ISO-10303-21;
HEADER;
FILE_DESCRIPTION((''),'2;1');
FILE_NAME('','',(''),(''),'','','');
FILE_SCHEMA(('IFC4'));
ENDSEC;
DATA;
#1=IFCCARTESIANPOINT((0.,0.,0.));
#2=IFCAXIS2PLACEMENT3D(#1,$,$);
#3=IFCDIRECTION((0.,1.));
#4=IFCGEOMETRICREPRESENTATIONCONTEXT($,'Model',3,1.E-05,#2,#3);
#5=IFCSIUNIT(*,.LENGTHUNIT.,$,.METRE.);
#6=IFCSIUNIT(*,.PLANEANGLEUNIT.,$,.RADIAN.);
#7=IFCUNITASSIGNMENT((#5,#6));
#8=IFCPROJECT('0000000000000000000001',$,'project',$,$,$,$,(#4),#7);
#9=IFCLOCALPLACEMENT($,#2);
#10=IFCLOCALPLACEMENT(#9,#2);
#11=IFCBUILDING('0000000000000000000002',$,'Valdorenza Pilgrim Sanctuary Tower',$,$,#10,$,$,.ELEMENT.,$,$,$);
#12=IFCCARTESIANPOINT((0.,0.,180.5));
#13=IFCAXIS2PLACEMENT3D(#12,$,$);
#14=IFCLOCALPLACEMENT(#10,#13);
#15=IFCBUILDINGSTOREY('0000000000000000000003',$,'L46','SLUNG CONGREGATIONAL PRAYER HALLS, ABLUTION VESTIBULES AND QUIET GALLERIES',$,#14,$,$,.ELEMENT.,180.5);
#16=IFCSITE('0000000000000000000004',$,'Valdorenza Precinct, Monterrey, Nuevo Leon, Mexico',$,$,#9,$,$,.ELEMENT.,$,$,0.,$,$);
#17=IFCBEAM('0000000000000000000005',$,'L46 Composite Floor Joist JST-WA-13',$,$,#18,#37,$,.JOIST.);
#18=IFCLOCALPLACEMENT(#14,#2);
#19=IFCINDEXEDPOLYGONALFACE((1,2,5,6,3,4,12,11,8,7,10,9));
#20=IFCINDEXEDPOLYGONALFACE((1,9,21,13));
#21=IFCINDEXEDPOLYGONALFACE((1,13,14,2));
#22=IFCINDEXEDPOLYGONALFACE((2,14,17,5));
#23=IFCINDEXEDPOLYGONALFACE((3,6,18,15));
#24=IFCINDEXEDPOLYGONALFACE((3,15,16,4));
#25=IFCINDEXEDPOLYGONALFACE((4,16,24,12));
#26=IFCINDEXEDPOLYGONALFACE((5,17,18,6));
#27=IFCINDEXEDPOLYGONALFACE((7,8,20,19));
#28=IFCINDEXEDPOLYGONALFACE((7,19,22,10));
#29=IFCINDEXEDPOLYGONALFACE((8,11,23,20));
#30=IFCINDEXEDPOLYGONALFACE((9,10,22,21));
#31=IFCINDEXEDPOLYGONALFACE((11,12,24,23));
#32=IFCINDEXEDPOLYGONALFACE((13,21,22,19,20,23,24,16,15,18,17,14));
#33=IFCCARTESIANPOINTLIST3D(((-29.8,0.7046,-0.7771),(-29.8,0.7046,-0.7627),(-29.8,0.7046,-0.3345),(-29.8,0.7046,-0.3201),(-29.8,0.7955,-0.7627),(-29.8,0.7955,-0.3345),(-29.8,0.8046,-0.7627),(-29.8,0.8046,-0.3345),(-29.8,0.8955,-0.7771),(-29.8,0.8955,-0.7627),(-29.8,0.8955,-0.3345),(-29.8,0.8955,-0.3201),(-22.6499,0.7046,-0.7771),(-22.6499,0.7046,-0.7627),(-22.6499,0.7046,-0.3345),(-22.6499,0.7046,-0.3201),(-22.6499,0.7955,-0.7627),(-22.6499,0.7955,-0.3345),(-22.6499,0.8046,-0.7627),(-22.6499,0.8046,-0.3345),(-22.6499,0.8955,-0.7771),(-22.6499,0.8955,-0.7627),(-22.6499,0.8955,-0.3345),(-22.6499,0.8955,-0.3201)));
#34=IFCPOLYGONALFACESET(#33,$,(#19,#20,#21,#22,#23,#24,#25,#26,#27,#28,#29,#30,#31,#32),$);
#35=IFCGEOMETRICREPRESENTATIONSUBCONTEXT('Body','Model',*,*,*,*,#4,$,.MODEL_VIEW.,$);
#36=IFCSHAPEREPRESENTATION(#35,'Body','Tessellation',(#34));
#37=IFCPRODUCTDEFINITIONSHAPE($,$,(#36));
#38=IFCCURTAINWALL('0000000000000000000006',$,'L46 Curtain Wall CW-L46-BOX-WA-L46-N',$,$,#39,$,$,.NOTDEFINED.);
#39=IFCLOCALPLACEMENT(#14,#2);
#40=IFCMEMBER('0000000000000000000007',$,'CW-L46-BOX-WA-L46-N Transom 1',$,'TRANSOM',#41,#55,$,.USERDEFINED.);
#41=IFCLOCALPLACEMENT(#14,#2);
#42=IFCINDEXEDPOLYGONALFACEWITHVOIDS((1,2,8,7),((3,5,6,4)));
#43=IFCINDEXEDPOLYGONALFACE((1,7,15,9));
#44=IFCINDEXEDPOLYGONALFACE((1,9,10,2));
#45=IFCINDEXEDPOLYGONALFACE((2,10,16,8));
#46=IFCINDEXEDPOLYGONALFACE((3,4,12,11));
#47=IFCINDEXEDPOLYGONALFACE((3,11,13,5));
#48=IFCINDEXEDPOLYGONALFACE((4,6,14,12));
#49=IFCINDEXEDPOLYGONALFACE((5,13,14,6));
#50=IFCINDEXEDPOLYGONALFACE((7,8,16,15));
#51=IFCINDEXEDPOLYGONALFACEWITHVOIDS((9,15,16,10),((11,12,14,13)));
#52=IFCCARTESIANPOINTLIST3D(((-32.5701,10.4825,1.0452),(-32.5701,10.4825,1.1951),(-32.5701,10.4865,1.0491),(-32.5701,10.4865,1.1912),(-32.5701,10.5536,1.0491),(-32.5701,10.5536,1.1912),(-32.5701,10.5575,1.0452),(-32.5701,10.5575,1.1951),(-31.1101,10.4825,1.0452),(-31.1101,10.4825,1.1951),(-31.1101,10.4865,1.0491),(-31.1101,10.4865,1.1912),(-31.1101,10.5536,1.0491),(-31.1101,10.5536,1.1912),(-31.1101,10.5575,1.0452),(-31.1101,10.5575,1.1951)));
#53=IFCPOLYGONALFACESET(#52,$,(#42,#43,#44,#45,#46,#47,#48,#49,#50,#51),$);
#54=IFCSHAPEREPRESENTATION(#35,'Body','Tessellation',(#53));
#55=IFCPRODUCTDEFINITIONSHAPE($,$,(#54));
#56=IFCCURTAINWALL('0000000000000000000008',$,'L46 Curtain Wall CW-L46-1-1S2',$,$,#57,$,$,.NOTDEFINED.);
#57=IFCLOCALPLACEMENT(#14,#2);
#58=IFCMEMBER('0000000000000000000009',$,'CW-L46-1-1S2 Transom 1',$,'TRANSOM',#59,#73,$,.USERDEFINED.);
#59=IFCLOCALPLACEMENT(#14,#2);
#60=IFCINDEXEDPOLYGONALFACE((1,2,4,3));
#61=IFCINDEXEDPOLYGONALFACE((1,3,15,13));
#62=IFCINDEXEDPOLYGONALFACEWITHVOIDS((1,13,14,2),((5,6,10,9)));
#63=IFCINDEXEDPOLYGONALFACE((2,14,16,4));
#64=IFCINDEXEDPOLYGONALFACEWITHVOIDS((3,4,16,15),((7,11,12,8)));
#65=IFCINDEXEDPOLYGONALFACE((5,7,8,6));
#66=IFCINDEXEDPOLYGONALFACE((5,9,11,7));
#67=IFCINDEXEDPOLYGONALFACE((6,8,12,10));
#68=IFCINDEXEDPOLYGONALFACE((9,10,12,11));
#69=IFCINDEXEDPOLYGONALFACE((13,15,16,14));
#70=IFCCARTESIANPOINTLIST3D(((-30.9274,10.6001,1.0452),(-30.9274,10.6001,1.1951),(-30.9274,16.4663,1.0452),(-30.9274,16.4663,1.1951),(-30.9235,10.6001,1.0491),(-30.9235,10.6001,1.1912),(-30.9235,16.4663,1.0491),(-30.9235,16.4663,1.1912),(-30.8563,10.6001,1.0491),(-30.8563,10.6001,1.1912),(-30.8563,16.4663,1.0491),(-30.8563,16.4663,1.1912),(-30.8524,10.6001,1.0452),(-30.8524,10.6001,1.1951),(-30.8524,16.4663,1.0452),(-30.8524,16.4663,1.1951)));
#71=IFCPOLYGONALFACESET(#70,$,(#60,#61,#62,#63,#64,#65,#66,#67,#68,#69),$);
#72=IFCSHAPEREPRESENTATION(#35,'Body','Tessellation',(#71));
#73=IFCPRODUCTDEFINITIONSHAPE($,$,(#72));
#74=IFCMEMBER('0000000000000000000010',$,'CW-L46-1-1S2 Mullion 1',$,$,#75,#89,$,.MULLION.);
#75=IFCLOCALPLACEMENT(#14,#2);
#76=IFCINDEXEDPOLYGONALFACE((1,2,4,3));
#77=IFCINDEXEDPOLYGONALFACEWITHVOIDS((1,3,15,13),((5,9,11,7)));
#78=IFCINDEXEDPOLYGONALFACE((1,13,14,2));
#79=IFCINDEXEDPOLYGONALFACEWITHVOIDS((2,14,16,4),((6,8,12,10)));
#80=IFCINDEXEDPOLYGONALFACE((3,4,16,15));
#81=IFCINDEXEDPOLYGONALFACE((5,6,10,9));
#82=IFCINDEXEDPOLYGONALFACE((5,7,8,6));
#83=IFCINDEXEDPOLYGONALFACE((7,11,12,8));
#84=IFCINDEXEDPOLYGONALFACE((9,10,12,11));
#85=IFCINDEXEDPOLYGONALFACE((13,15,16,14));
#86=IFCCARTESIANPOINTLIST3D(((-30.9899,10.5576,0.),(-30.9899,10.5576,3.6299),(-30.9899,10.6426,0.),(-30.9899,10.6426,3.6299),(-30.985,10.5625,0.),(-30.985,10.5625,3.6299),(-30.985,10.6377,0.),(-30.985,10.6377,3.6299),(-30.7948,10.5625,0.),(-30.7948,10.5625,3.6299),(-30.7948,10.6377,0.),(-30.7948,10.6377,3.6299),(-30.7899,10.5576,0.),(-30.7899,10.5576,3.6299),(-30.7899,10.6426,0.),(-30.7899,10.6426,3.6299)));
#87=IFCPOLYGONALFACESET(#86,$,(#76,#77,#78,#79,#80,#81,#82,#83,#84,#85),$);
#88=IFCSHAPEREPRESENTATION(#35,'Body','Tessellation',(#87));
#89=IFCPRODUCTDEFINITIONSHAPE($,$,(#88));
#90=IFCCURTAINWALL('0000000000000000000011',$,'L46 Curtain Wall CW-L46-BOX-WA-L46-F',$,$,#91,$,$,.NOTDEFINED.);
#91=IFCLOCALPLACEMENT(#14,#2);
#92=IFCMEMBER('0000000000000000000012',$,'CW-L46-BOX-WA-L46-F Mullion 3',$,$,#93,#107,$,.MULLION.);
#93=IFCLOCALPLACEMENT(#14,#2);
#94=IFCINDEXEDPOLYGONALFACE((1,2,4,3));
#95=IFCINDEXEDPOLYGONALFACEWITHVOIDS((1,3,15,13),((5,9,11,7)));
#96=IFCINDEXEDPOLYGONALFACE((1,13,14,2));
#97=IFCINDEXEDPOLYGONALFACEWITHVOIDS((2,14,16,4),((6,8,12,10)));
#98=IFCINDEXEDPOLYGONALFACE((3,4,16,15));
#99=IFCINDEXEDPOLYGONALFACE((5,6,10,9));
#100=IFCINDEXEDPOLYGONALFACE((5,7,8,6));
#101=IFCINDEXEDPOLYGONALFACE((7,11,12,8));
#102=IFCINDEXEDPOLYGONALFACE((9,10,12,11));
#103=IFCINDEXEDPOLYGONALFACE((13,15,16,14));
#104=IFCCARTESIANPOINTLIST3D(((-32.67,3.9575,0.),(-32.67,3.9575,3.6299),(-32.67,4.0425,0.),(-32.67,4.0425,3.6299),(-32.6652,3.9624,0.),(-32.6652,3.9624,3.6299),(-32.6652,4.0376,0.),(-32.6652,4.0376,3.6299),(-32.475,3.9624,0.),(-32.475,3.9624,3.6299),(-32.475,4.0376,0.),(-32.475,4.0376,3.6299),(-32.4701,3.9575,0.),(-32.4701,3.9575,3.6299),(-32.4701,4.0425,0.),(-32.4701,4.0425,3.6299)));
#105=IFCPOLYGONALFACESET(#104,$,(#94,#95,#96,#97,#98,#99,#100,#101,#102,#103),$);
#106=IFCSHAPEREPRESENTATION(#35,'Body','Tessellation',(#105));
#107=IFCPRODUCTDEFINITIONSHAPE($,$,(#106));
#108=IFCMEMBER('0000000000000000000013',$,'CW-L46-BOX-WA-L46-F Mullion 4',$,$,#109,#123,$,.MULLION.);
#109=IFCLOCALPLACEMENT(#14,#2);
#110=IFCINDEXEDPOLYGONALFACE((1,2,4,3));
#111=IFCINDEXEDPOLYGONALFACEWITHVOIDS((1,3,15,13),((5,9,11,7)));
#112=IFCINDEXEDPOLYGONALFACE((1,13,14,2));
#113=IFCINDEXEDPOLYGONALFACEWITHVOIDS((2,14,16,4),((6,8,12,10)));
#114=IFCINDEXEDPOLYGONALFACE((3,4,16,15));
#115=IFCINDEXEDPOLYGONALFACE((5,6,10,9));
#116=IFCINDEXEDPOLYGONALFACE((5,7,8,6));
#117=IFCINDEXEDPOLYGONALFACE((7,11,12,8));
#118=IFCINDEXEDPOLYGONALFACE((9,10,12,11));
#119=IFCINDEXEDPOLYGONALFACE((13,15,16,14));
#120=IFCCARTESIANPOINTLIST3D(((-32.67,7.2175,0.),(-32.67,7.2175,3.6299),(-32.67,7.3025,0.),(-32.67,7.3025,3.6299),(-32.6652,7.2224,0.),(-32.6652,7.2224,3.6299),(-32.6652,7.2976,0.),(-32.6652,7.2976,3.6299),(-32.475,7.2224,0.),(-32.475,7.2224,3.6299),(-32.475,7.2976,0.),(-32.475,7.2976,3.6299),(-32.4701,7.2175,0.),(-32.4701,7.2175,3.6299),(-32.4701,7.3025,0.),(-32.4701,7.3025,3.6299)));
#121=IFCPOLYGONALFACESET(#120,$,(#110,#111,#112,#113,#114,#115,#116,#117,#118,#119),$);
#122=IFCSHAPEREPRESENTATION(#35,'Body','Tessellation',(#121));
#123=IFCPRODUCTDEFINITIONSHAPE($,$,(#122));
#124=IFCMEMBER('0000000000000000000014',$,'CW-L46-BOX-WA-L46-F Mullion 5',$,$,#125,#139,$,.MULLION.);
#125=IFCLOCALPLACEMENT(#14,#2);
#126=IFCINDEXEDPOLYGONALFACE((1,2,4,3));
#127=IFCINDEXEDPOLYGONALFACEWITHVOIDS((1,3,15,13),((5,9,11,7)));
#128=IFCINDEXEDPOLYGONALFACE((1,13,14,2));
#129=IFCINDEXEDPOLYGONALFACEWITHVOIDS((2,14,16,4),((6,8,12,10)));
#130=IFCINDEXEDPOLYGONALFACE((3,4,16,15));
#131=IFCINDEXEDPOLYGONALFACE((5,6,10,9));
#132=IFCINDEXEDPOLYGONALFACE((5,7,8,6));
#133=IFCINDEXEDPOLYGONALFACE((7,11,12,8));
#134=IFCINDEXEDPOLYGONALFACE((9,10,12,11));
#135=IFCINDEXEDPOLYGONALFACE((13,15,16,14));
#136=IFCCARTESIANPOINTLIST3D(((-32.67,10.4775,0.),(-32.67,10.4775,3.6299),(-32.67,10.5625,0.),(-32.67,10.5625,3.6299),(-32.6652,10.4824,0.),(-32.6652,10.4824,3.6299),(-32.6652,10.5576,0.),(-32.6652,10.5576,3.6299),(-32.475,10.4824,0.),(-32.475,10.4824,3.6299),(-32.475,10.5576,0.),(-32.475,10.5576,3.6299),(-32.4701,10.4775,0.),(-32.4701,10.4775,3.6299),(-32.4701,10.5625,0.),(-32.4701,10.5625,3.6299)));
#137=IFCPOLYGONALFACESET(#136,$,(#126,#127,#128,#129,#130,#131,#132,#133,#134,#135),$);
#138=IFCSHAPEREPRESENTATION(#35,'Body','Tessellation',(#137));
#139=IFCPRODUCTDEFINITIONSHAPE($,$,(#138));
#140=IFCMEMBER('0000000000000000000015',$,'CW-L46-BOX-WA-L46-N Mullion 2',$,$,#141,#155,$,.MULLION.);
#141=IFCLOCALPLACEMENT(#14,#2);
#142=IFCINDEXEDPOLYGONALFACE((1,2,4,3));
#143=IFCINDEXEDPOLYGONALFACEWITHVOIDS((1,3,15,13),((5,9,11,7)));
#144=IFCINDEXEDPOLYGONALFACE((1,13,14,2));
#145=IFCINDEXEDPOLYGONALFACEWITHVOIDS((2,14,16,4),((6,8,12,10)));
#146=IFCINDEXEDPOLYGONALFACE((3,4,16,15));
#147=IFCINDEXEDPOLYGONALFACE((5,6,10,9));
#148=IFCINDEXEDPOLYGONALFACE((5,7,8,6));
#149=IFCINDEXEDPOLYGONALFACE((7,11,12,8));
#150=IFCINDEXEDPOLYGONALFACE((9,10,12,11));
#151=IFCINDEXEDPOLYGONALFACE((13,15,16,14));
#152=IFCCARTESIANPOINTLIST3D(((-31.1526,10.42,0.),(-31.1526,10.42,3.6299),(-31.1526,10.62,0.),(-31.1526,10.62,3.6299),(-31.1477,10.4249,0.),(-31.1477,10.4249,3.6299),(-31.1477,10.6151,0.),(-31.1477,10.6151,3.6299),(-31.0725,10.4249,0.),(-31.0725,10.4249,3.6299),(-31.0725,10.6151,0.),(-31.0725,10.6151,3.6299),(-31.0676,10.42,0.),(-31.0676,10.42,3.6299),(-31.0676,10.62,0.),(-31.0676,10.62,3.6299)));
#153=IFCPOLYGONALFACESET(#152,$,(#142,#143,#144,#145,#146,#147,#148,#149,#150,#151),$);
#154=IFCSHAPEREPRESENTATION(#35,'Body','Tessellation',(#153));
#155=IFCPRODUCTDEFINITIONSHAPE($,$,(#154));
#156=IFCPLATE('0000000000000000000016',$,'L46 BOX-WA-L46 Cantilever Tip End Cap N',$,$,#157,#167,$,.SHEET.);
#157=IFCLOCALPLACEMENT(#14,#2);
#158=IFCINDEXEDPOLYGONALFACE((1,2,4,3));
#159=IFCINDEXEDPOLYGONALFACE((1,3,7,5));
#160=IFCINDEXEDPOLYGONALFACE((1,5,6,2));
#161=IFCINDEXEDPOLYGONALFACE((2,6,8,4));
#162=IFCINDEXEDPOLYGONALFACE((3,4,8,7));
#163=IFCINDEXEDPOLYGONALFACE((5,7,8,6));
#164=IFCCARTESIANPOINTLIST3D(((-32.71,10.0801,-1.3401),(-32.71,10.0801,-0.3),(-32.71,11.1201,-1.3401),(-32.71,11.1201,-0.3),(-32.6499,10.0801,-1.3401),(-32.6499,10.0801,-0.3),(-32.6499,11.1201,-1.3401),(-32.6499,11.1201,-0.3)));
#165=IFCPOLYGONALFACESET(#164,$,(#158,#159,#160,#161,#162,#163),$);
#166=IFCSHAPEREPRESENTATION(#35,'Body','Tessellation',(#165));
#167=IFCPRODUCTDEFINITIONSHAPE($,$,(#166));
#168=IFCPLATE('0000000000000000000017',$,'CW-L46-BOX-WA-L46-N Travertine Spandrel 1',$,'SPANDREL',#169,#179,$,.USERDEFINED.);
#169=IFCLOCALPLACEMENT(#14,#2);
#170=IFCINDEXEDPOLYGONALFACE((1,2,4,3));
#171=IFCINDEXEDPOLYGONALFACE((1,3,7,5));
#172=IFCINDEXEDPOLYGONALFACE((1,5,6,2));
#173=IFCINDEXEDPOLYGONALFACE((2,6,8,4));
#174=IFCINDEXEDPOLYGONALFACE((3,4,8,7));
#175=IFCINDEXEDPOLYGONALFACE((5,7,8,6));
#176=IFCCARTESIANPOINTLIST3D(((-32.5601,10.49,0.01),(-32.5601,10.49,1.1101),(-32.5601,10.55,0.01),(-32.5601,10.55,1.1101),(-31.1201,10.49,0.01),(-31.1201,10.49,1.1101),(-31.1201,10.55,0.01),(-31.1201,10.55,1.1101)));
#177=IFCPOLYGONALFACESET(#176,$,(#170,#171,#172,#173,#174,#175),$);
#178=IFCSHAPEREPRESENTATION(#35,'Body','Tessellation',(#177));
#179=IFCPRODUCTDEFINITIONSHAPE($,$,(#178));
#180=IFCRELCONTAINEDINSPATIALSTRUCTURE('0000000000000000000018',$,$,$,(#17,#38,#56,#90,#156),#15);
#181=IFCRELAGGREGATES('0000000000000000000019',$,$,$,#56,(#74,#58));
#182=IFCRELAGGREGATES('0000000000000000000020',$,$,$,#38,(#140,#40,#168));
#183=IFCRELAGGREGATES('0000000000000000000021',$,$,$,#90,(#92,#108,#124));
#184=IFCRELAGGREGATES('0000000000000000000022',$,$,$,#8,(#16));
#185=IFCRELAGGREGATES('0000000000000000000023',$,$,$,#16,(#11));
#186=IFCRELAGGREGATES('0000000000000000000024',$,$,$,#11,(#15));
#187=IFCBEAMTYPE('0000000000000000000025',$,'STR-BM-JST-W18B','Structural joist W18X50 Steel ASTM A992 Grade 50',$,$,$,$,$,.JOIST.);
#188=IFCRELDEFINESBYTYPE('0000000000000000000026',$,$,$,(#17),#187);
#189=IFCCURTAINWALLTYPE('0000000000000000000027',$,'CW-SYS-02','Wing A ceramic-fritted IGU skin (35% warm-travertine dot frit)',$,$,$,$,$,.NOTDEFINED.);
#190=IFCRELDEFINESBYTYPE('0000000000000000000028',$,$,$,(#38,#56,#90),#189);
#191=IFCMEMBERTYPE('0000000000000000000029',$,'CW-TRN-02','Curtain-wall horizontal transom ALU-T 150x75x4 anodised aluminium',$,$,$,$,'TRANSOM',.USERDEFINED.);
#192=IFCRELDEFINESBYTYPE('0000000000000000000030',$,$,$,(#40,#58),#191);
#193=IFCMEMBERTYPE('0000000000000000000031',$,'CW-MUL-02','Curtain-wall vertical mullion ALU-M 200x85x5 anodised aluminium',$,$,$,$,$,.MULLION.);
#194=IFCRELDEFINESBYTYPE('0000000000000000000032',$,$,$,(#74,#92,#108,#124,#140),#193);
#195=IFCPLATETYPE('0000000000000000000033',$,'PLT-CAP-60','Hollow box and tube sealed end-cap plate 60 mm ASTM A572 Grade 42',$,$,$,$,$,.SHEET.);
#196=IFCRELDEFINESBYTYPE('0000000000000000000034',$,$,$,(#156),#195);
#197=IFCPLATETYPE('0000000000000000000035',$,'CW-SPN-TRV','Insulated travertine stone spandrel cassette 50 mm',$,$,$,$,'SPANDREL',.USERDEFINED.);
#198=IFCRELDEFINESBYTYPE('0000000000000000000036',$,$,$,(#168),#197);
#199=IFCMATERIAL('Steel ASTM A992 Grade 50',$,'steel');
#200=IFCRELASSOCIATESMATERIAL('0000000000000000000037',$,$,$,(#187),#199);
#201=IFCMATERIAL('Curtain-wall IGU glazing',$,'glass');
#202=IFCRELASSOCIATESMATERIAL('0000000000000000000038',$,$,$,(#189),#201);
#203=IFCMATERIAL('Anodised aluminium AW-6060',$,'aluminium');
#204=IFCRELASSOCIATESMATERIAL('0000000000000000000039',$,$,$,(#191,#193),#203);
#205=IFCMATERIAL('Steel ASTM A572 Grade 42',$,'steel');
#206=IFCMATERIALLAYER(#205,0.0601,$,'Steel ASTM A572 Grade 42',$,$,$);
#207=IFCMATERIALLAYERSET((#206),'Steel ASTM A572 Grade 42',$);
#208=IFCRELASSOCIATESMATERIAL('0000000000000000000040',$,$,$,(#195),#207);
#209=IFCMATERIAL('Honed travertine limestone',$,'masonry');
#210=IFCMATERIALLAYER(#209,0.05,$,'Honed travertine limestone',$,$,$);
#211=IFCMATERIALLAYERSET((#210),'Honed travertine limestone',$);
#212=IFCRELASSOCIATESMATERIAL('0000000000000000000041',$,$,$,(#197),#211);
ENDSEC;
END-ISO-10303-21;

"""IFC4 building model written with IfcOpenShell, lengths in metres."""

from ifc_helpers import new_model, si_unit, direction, frame, origin, origin_2d, place, context, subcontext, project, spatial, rectangle, hollow_rectangle, i_section, extrude, source, transform, mapped, material, layer, layer_set, material_profile, profile_set, type_object, element, aggregate, save


model = new_model("IFC4")

# Units and contexts
model_context = context("Model", 3, precision=1e-05, world=origin(), true_north=direction((0.0, 1.0)))
body_context = subcontext(model_context, "Body", "Model", "MODEL_VIEW")
ifc_project = project(units=[si_unit("LENGTHUNIT", "METRE"), si_unit("PLANEANGLEUNIT", "RADIAN")], contexts=[model_context])

# Site, building, storey
site_placement = place(None, origin())
site = spatial("IfcSite", under=ifc_project, at=site_placement, Name="Valdorenza Precinct, Monterrey, Nuevo Leon, Mexico", CompositionType="ELEMENT", RefElevation=0.0)
building_placement = place(site_placement, origin())
building = spatial("IfcBuilding", under=site, at=building_placement, Name="Valdorenza Pilgrim Sanctuary Tower", CompositionType="ELEMENT")
storey_placement = place(building_placement, frame((0.0, 0.0, 180.5)))
storey = spatial("IfcBuildingStorey", under=building, at=storey_placement, Name="L46", Description="SLUNG CONGREGATIONAL PRAYER HALLS, ABLUTION VESTIBULES AND QUIET GALLERIES", CompositionType="ELEMENT", Elevation=180.5)

# Beam
ifc_material_1 = material(Name="Steel ASTM A992 Grade 50", Category="steel")
ifc_material_profile_1 = material_profile(ifc_material_1, i_section(OverallWidth=0.1909, OverallDepth=0.457, WebThickness=0.009, FlangeThickness=0.0144, at=origin_2d()), Name="W18X50")
ifc_profile_set_1 = profile_set([ifc_material_profile_1], Name="Steel ASTM A992 Grade 50")
beam_type = type_object("IfcBeamType", Name="STR-BM-JST-W18B", Description="Structural joist W18X50 Steel ASTM A992 Grade 50", PredefinedType="JOIST", material=ifc_profile_set_1)
shared_shape_1 = source(origin(), body_context, "Body", "SweptSolid", [
    extrude(i_section(OverallWidth=0.1909, OverallDepth=0.457, WebThickness=0.009, FlangeThickness=0.0144, at=origin_2d()), origin(), (0.0, 0.0, 1.0), 7.1501),
])
beam_placement = place(storey_placement, frame((-29.8, 0.8, -0.5486), z_axis=(1.0, 0.0, 0.0), x_axis=(0.0, 1.0, 0.0)))
element("IfcBeam", 1, at=beam_placement, inside=storey, type_object=beam_type, Name="L46 Composite Floor Joist JST-WA-13", PredefinedType="JOIST", context=body_context, shape_type="MappedRepresentation", body=[
    mapped(shared_shape_1, transform((0.0, 0.0, 0.0), x_axis=(1.0, 0.0, 0.0), y_axis=(0.0, 1.0, 0.0), z_axis=(0.0, 0.0, 1.0), scale=1.0)),
])

# Curtain wall, member
ifc_material_2 = material(Name="Curtain-wall IGU glazing", Category="glass")
curtain_wall_type = type_object("IfcCurtainWallType", Name="CW-SYS-02", Description="Wing A ceramic-fritted IGU skin (35% warm-travertine dot frit)", PredefinedType="NOTDEFINED", material=ifc_material_2)
curtain_wall_1_placement = place(storey_placement, origin())
curtain_wall_1 = element("IfcCurtainWall", 2, at=curtain_wall_1_placement, inside=storey, type_object=curtain_wall_type, Name="L46 Curtain Wall CW-L46-BOX-WA-L46-N", PredefinedType="NOTDEFINED")
ifc_material_3 = material(Name="Anodised aluminium AW-6060", Category="aluminium")
ifc_material_profile_2 = material_profile(ifc_material_3, hollow_rectangle(XDim=0.075, YDim=0.1499, WallThickness=0.0039, at=origin_2d()), Name="ALU-T 150x75x4")
ifc_profile_set_2 = profile_set([ifc_material_profile_2], Name="Anodised aluminium AW-6060")
member_type_1 = type_object("IfcMemberType", Name="CW-TRN-02", Description="Curtain-wall horizontal transom ALU-T 150x75x4 anodised aluminium", ElementType="TRANSOM", PredefinedType="USERDEFINED", material=ifc_profile_set_2)
shared_shape_2 = source(origin(), body_context, "Body", "SweptSolid", [
    extrude(hollow_rectangle(XDim=0.075, YDim=0.1499, WallThickness=0.0039, at=origin_2d()), origin(), (0.0, 0.0, 1.0), 1.46),
])
member_1_placement = place(storey_placement, frame((-32.5701, 10.52, 1.1201), z_axis=(1.0, 0.0, 0.0), x_axis=(0.0, 1.0, 0.0)))
member_1 = element("IfcMember", 3, at=member_1_placement, type_object=member_type_1, Name="CW-L46-BOX-WA-L46-N Transom 1", ObjectType="TRANSOM", PredefinedType="USERDEFINED", context=body_context, shape_type="MappedRepresentation", body=[
    mapped(shared_shape_2, transform((0.0, 0.0, 0.0), x_axis=(1.0, 0.0, 0.0), y_axis=(0.0, 1.0, 0.0), z_axis=(0.0, 0.0, 1.0), scale=1.0)),
])

# Curtain walls, members
curtain_wall_2_placement = place(storey_placement, origin())
curtain_wall_2 = element("IfcCurtainWall", 4, at=curtain_wall_2_placement, inside=storey, type_object=curtain_wall_type, Name="L46 Curtain Wall CW-L46-1-1S2", PredefinedType="NOTDEFINED")
shared_shape_3 = source(origin(), body_context, "Body", "SweptSolid", [
    extrude(hollow_rectangle(XDim=0.075, YDim=0.1499, WallThickness=0.0039, at=origin_2d()), origin(), (0.0, 0.0, 1.0), 5.8662),
])
member_2_placement = place(storey_placement, frame((-30.8899, 10.6001, 1.1201), z_axis=(0.0, 1.0, 0.0), x_axis=(-1.0, 0.0, 0.0)))
member_2 = element("IfcMember", 5, at=member_2_placement, type_object=member_type_1, Name="CW-L46-1-1S2 Transom 1", ObjectType="TRANSOM", PredefinedType="USERDEFINED", context=body_context, shape_type="MappedRepresentation", body=[
    mapped(shared_shape_3, transform((0.0, 0.0, 0.0), x_axis=(1.0, 0.0, 0.0), y_axis=(0.0, 1.0, 0.0), z_axis=(0.0, 0.0, 1.0), scale=1.0)),
])
ifc_material_profile_3 = material_profile(ifc_material_3, hollow_rectangle(XDim=0.085, YDim=0.2, WallThickness=0.0049, at=origin_2d()), Name="ALU-M 200x85x5")
ifc_profile_set_3 = profile_set([ifc_material_profile_3], Name="Anodised aluminium AW-6060")
member_type_2 = type_object("IfcMemberType", Name="CW-MUL-02", Description="Curtain-wall vertical mullion ALU-M 200x85x5 anodised aluminium", PredefinedType="MULLION", material=ifc_profile_set_3)
shared_shape_4 = source(origin(), body_context, "Body", "SweptSolid", [
    extrude(hollow_rectangle(XDim=0.085, YDim=0.2, WallThickness=0.0049, at=origin_2d()), origin(), (0.0, 0.0, 1.0), 3.6299),
])
member_3_placement = place(storey_placement, frame((-30.8899, 10.6001, 0.0), z_axis=(0.0, 0.0, 1.0), x_axis=(0.0, 1.0, 0.0)))
member_3 = element("IfcMember", 6, at=member_3_placement, type_object=member_type_2, Name="CW-L46-1-1S2 Mullion 1", PredefinedType="MULLION", context=body_context, shape_type="MappedRepresentation", body=[
    mapped(shared_shape_4, transform((0.0, 0.0, 0.0), x_axis=(1.0, 0.0, 0.0), y_axis=(0.0, 1.0, 0.0), z_axis=(0.0, 0.0, 1.0), scale=1.0)),
])
aggregate(curtain_wall_2, [member_3, member_2])
curtain_wall_3_placement = place(storey_placement, origin())
curtain_wall_3 = element("IfcCurtainWall", 7, at=curtain_wall_3_placement, inside=storey, type_object=curtain_wall_type, Name="L46 Curtain Wall CW-L46-BOX-WA-L46-F", PredefinedType="NOTDEFINED")
member_4_placement = place(storey_placement, frame((-32.5701, 4.0, 0.0), z_axis=(0.0, 0.0, 1.0), x_axis=(0.0, 1.0, 0.0)))
member_4 = element("IfcMember", 8, at=member_4_placement, type_object=member_type_2, Name="CW-L46-BOX-WA-L46-F Mullion 3", PredefinedType="MULLION", context=body_context, shape_type="MappedRepresentation", body=[
    mapped(shared_shape_4, transform((0.0, 0.0, 0.0), x_axis=(1.0, 0.0, 0.0), y_axis=(0.0, 1.0, 0.0), z_axis=(0.0, 0.0, 1.0), scale=1.0)),
])
member_5_placement = place(storey_placement, frame((-32.5701, 7.26, 0.0), z_axis=(0.0, 0.0, 1.0), x_axis=(0.0, 1.0, 0.0)))
member_5 = element("IfcMember", 9, at=member_5_placement, type_object=member_type_2, Name="CW-L46-BOX-WA-L46-F Mullion 4", PredefinedType="MULLION", context=body_context, shape_type="MappedRepresentation", body=[
    mapped(shared_shape_4, transform((0.0, 0.0, 0.0), x_axis=(1.0, 0.0, 0.0), y_axis=(0.0, 1.0, 0.0), z_axis=(0.0, 0.0, 1.0), scale=1.0)),
])
member_6_placement = place(storey_placement, frame((-32.5701, 10.52, 0.0), z_axis=(0.0, 0.0, 1.0), x_axis=(0.0, 1.0, 0.0)))
member_6 = element("IfcMember", 10, at=member_6_placement, type_object=member_type_2, Name="CW-L46-BOX-WA-L46-F Mullion 5", PredefinedType="MULLION", context=body_context, shape_type="MappedRepresentation", body=[
    mapped(shared_shape_4, transform((0.0, 0.0, 0.0), x_axis=(1.0, 0.0, 0.0), y_axis=(0.0, 1.0, 0.0), z_axis=(0.0, 0.0, 1.0), scale=1.0)),
])

# Member
member_7_placement = place(storey_placement, frame((-31.1101, 10.52, 0.0), z_axis=(0.0, 0.0, 1.0), x_axis=(1.0, 0.0, 0.0)))
member_7 = element("IfcMember", 11, at=member_7_placement, type_object=member_type_2, Name="CW-L46-BOX-WA-L46-N Mullion 2", PredefinedType="MULLION", context=body_context, shape_type="MappedRepresentation", body=[
    mapped(shared_shape_4, transform((0.0, 0.0, 0.0), x_axis=(1.0, 0.0, 0.0), y_axis=(0.0, 1.0, 0.0), z_axis=(0.0, 0.0, 1.0), scale=1.0)),
])

# Plates
ifc_material_4 = material(Name="Steel ASTM A572 Grade 42", Category="steel")
ifc_layer_1 = layer(ifc_material_4, 0.0601, Name="Steel ASTM A572 Grade 42")
ifc_layer_set_1 = layer_set([ifc_layer_1], Name="Steel ASTM A572 Grade 42")
plate_type_1 = type_object("IfcPlateType", Name="PLT-CAP-60", Description="Hollow box and tube sealed end-cap plate 60 mm ASTM A572 Grade 42", PredefinedType="SHEET", material=ifc_layer_set_1)
shared_shape_5 = source(origin(), body_context, "Body", "SweptSolid", [
    extrude(rectangle(XDim=0.0601, YDim=1.04, at=origin_2d()), origin(), (0.0, 0.0, 1.0), 1.04),
])
plate_1_placement = place(storey_placement, frame((-32.6799, 10.6001, -1.3401), z_axis=(0.0, 0.0, 1.0), x_axis=(1.0, 0.0, 0.0)))
element("IfcPlate", 12, at=plate_1_placement, inside=storey, type_object=plate_type_1, Name="L46 BOX-WA-L46 Cantilever Tip End Cap N", PredefinedType="SHEET", context=body_context, shape_type="MappedRepresentation", body=[
    mapped(shared_shape_5, transform((0.0, 0.0, 0.0), x_axis=(1.0, 0.0, 0.0), y_axis=(0.0, 1.0, 0.0), z_axis=(0.0, 0.0, 1.0), scale=1.0)),
])
ifc_material_5 = material(Name="Honed travertine limestone", Category="masonry")
ifc_layer_2 = layer(ifc_material_5, 0.05, Name="Honed travertine limestone")
ifc_layer_set_2 = layer_set([ifc_layer_2], Name="Honed travertine limestone")
plate_type_2 = type_object("IfcPlateType", Name="CW-SPN-TRV", Description="Insulated travertine stone spandrel cassette 50 mm", ElementType="SPANDREL", PredefinedType="USERDEFINED", material=ifc_layer_set_2)
shared_shape_6 = source(origin(), body_context, "Body", "SweptSolid", [
    extrude(rectangle(XDim=1.4399, YDim=0.0601, at=origin_2d()), origin(), (0.0, 0.0, 1.0), 1.1001),
])
plate_2_placement = place(storey_placement, frame((-31.8401, 10.52, 0.01), z_axis=(0.0, 0.0, 1.0), x_axis=(1.0, 0.0, 0.0)))
plate_2 = element("IfcPlate", 13, at=plate_2_placement, type_object=plate_type_2, Name="CW-L46-BOX-WA-L46-N Travertine Spandrel 1", ObjectType="SPANDREL", PredefinedType="USERDEFINED", context=body_context, shape_type="MappedRepresentation", body=[
    mapped(shared_shape_6, transform((0.0, 0.0, 0.0), x_axis=(1.0, 0.0, 0.0), y_axis=(0.0, 1.0, 0.0), z_axis=(0.0, 0.0, 1.0), scale=1.0)),
])
aggregate(curtain_wall_1, [member_7, member_1, plate_2])
aggregate(curtain_wall_3, [member_4, member_5, member_6])

save(model, "model.ifc")
